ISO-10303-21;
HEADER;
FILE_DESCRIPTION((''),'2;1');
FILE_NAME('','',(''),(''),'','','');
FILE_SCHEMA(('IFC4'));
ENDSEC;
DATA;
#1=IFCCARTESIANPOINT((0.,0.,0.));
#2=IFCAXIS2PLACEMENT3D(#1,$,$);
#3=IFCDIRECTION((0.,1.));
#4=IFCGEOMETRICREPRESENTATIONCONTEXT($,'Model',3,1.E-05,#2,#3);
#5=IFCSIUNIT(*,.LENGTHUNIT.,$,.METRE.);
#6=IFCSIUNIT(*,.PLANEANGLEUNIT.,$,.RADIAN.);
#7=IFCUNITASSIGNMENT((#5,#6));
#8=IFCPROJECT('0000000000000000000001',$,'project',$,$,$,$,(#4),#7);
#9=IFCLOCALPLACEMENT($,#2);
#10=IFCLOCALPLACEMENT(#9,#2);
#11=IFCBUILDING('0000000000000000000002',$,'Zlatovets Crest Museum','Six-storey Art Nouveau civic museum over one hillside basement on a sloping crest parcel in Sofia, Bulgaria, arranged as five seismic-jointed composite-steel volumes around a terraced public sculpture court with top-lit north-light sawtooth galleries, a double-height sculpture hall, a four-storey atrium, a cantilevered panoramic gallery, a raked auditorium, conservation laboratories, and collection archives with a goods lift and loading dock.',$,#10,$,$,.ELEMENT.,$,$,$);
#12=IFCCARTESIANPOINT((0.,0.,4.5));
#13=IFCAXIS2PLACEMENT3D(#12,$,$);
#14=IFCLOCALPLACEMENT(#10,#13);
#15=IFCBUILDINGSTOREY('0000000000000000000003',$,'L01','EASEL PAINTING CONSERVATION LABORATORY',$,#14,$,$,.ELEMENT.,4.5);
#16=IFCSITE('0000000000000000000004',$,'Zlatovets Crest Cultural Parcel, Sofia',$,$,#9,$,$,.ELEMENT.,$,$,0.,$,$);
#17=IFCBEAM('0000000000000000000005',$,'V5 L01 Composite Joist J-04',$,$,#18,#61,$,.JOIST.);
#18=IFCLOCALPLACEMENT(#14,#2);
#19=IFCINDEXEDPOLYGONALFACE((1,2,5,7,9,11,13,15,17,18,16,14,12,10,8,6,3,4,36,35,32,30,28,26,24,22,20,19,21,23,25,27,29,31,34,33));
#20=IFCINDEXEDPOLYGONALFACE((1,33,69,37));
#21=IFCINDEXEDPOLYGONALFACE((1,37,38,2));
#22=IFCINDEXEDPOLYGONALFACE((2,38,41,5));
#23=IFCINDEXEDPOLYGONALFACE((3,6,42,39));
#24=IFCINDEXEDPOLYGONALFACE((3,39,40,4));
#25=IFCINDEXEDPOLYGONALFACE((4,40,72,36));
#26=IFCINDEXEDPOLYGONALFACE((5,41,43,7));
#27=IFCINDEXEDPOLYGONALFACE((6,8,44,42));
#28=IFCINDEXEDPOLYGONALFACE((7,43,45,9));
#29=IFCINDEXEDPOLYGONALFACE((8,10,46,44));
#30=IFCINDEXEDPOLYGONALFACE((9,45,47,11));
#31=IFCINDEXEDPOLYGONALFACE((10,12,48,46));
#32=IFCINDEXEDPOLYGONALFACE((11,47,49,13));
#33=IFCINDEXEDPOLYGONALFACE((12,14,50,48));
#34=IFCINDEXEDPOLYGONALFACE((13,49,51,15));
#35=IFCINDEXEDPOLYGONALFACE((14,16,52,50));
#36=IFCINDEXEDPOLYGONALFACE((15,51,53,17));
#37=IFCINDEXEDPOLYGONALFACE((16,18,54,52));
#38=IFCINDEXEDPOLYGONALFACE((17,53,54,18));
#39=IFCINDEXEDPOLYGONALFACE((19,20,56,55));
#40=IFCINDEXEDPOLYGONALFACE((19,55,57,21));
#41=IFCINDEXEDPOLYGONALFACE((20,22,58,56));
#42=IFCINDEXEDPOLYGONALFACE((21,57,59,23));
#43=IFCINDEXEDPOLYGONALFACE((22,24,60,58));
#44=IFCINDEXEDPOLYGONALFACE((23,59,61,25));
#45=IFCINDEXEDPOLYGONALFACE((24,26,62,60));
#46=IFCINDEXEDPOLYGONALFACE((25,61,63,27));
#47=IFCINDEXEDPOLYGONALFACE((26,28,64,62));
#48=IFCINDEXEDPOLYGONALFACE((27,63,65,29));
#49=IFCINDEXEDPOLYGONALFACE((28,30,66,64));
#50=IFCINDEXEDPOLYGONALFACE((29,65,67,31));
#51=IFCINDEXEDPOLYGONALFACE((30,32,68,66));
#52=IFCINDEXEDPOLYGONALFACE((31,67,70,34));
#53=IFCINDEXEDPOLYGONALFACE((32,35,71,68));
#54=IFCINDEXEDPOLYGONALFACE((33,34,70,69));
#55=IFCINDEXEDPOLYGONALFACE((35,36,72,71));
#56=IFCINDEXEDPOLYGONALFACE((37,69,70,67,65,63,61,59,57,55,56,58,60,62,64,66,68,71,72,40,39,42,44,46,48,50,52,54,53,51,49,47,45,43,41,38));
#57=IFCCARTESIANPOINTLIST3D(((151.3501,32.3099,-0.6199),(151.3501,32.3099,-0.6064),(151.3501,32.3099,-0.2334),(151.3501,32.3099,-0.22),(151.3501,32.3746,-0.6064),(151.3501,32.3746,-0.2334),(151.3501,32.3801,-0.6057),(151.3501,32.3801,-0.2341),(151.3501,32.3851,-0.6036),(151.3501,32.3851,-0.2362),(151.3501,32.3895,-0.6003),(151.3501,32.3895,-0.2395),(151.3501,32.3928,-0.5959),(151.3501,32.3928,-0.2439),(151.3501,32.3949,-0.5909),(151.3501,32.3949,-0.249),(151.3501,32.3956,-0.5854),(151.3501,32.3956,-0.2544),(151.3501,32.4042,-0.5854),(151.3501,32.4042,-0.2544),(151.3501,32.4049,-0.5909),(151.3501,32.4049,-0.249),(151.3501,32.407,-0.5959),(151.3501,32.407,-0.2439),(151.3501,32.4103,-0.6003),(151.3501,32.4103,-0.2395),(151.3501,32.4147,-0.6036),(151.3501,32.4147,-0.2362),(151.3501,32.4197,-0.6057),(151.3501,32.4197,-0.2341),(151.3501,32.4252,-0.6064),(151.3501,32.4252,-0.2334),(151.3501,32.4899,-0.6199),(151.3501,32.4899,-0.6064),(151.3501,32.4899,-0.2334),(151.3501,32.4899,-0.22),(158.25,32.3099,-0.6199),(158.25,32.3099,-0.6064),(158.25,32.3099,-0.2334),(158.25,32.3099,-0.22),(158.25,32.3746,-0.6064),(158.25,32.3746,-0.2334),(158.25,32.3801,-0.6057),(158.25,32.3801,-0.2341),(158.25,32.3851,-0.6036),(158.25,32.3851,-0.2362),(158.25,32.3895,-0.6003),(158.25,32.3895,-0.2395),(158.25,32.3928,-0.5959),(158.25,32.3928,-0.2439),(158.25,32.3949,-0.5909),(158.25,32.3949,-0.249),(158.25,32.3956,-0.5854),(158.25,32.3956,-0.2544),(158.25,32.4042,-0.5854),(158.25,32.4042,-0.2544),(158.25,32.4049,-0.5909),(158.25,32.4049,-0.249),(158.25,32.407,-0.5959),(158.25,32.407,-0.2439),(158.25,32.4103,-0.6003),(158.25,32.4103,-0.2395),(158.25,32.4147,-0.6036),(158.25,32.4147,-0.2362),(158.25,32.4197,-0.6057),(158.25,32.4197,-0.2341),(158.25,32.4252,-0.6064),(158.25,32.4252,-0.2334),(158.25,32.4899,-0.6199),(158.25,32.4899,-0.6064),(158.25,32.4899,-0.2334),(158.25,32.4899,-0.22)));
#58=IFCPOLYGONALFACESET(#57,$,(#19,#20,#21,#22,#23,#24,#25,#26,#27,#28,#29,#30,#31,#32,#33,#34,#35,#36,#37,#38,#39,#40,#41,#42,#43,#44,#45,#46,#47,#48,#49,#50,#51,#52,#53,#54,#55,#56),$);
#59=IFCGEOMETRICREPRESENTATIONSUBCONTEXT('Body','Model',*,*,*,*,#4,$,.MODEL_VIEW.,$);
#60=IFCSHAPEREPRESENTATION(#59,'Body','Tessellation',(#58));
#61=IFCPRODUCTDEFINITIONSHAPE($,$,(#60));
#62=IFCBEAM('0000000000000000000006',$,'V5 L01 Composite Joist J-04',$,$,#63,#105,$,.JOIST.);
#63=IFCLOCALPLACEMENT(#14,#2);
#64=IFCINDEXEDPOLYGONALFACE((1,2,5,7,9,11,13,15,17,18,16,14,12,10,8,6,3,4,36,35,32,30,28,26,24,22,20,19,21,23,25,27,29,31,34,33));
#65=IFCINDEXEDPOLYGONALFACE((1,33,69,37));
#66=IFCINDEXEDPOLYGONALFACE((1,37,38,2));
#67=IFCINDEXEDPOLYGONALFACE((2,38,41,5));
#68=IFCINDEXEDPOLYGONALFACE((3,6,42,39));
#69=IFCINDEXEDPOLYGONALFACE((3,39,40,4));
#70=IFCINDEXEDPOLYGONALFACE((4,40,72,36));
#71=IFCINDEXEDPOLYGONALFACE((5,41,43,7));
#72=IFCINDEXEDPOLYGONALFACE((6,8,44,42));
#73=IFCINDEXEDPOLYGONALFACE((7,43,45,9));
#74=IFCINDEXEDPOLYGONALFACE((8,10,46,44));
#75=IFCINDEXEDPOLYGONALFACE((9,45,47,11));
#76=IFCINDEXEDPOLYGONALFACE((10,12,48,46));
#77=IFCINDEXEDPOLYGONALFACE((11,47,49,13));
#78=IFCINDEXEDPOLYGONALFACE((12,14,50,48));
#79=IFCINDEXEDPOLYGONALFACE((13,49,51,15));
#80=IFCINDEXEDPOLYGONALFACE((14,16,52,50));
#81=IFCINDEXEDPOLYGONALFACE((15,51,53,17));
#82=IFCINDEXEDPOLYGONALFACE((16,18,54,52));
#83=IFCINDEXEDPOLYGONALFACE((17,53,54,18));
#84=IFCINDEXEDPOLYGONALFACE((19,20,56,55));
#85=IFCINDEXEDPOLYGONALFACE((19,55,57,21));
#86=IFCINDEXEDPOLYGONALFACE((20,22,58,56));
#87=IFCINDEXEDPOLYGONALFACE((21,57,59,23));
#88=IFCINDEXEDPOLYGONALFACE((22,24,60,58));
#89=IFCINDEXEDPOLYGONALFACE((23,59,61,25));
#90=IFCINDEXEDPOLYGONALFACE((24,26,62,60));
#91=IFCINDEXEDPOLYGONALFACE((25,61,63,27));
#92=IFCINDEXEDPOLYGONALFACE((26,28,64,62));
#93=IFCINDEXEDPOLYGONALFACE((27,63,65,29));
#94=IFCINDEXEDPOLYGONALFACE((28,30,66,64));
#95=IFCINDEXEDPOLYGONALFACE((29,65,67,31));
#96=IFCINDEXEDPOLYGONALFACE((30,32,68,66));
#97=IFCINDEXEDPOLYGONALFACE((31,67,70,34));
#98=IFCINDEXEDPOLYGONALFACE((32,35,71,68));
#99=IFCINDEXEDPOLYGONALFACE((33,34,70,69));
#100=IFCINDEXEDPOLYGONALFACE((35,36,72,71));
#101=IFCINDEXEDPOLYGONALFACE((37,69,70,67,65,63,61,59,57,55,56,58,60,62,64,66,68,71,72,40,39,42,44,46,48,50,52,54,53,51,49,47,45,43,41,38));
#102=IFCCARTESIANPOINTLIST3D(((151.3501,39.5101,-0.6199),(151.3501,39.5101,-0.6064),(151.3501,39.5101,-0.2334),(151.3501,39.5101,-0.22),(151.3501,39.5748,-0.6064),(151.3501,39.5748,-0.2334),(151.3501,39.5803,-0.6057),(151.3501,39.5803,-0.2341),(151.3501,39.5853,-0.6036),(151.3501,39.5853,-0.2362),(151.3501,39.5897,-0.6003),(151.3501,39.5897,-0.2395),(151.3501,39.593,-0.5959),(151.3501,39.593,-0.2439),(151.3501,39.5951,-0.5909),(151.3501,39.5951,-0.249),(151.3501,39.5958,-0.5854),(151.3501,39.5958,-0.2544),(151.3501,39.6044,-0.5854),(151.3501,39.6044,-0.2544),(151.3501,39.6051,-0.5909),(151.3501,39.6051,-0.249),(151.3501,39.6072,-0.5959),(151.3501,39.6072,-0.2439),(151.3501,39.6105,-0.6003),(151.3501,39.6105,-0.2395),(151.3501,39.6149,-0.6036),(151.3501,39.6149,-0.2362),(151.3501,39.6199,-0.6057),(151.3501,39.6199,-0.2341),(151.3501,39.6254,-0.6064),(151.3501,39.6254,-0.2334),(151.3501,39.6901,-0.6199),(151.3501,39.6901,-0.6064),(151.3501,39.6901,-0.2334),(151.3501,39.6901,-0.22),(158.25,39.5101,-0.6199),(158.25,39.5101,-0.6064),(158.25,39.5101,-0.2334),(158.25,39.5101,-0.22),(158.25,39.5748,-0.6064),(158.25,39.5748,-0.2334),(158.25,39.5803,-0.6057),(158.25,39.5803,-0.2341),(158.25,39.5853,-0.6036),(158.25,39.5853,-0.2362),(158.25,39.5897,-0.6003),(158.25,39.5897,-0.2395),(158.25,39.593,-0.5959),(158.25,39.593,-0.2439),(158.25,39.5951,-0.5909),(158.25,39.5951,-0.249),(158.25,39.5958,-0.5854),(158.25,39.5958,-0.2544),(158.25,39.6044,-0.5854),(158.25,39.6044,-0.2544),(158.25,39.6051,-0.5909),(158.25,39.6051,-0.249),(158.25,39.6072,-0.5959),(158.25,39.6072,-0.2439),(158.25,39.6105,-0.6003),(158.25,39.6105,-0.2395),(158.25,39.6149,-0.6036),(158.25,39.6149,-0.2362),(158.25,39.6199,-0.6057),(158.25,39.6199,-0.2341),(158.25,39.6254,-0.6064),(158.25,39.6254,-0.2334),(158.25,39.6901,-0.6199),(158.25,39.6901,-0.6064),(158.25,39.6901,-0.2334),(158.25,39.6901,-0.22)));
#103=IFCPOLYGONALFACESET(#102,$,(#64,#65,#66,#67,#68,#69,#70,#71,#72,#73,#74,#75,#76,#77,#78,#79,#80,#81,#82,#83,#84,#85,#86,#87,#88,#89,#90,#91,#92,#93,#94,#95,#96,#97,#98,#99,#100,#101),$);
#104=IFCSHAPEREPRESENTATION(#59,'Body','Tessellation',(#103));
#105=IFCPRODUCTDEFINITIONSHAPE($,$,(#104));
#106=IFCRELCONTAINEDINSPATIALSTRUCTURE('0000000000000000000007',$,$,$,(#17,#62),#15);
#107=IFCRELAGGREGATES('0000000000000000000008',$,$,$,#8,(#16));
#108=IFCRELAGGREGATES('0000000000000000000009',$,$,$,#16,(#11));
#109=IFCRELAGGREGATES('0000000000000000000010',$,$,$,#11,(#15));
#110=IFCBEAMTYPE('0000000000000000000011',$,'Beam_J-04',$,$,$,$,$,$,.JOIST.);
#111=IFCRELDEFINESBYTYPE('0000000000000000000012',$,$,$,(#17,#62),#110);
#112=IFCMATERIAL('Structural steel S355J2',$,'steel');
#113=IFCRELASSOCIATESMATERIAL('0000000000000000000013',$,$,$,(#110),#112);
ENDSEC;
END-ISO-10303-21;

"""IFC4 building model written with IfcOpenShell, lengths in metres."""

from ifc_helpers import new_model, si_unit, direction, frame, origin, origin_2d, place, context, subcontext, project, spatial, i_section, extrude, material, material_profile, profile_set, type_object, element, save


model = new_model("IFC4")

# Units and contexts
model_context = context("Model", 3, precision=1e-05, world=origin(), true_north=direction((0.0, 1.0)))
body_context = subcontext(model_context, "Body", "Model", "MODEL_VIEW")
ifc_project = project(units=[si_unit("LENGTHUNIT", "METRE"), si_unit("PLANEANGLEUNIT", "RADIAN")], contexts=[model_context])

# Site, building, storey
site_placement = place(None, origin())
site = spatial("IfcSite", under=ifc_project, at=site_placement, Name="Zlatovets Crest Cultural Parcel, Sofia", CompositionType="ELEMENT", RefElevation=0.0)
building_placement = place(site_placement, origin())
building = spatial("IfcBuilding", under=site, at=building_placement, Name="Zlatovets Crest Museum", Description="Six-storey Art Nouveau civic museum over one hillside basement on a sloping crest parcel in Sofia, Bulgaria, arranged as five seismic-jointed composite-steel volumes around a terraced public sculpture court with top-lit north-light sawtooth galleries, a double-height sculpture hall, a four-storey atrium, a cantilevered panoramic gallery, a raked auditorium, conservation laboratories, and collection archives with a goods lift and loading dock.", CompositionType="ELEMENT")
storey_placement = place(building_placement, frame((0.0, 0.0, 4.5)))
storey = spatial("IfcBuildingStorey", under=building, at=storey_placement, Name="L01", Description="EASEL PAINTING CONSERVATION LABORATORY", CompositionType="ELEMENT", Elevation=4.5)

# Shared definitions
ifc_material = material(Name="Structural steel S355J2", Category="steel")

# Beams
ifc_material_profile_1 = material_profile(ifc_material, i_section(OverallWidth=0.1799, OverallDepth=0.3999, WebThickness=0.0085, FlangeThickness=0.0134, FilletRadius=0.021, at=origin_2d()), Name="IPE 400")
ifc_profile_set_1 = profile_set([ifc_material_profile_1], Name="Structural steel S355J2")
beam_type_1 = type_object("IfcBeamType", Name="Beam_J-04", PredefinedType="JOIST", material=ifc_profile_set_1)
for number, where, z_axis, x_axis, name in (
    (1, (151.3501, 32.3999, -0.4199), (1.0, 0.0, 0.0), (0.0, 1.0, 0.0), "V5 L01 Composite Joist J-04"),
    (2, (151.3501, 39.6001, -0.4199), (1.0, 0.0, 0.0), (0.0, 1.0, 0.0), "V5 L01 Composite Joist J-04"),
):
    element("IfcBeam", number, at=place(storey_placement, frame(where, z_axis=z_axis, x_axis=x_axis)), inside=storey, type_object=beam_type_1, Name=name, PredefinedType="JOIST", context=body_context, shape_type="SweptSolid", body=[
        extrude(i_section(OverallWidth=0.1799, OverallDepth=0.3999, WebThickness=0.0085, FlangeThickness=0.0134, FilletRadius=0.021, at=origin_2d()), origin(), (0.0, 0.0, 1.0), 6.8999),
    ])

save(model, "model.ifc")
